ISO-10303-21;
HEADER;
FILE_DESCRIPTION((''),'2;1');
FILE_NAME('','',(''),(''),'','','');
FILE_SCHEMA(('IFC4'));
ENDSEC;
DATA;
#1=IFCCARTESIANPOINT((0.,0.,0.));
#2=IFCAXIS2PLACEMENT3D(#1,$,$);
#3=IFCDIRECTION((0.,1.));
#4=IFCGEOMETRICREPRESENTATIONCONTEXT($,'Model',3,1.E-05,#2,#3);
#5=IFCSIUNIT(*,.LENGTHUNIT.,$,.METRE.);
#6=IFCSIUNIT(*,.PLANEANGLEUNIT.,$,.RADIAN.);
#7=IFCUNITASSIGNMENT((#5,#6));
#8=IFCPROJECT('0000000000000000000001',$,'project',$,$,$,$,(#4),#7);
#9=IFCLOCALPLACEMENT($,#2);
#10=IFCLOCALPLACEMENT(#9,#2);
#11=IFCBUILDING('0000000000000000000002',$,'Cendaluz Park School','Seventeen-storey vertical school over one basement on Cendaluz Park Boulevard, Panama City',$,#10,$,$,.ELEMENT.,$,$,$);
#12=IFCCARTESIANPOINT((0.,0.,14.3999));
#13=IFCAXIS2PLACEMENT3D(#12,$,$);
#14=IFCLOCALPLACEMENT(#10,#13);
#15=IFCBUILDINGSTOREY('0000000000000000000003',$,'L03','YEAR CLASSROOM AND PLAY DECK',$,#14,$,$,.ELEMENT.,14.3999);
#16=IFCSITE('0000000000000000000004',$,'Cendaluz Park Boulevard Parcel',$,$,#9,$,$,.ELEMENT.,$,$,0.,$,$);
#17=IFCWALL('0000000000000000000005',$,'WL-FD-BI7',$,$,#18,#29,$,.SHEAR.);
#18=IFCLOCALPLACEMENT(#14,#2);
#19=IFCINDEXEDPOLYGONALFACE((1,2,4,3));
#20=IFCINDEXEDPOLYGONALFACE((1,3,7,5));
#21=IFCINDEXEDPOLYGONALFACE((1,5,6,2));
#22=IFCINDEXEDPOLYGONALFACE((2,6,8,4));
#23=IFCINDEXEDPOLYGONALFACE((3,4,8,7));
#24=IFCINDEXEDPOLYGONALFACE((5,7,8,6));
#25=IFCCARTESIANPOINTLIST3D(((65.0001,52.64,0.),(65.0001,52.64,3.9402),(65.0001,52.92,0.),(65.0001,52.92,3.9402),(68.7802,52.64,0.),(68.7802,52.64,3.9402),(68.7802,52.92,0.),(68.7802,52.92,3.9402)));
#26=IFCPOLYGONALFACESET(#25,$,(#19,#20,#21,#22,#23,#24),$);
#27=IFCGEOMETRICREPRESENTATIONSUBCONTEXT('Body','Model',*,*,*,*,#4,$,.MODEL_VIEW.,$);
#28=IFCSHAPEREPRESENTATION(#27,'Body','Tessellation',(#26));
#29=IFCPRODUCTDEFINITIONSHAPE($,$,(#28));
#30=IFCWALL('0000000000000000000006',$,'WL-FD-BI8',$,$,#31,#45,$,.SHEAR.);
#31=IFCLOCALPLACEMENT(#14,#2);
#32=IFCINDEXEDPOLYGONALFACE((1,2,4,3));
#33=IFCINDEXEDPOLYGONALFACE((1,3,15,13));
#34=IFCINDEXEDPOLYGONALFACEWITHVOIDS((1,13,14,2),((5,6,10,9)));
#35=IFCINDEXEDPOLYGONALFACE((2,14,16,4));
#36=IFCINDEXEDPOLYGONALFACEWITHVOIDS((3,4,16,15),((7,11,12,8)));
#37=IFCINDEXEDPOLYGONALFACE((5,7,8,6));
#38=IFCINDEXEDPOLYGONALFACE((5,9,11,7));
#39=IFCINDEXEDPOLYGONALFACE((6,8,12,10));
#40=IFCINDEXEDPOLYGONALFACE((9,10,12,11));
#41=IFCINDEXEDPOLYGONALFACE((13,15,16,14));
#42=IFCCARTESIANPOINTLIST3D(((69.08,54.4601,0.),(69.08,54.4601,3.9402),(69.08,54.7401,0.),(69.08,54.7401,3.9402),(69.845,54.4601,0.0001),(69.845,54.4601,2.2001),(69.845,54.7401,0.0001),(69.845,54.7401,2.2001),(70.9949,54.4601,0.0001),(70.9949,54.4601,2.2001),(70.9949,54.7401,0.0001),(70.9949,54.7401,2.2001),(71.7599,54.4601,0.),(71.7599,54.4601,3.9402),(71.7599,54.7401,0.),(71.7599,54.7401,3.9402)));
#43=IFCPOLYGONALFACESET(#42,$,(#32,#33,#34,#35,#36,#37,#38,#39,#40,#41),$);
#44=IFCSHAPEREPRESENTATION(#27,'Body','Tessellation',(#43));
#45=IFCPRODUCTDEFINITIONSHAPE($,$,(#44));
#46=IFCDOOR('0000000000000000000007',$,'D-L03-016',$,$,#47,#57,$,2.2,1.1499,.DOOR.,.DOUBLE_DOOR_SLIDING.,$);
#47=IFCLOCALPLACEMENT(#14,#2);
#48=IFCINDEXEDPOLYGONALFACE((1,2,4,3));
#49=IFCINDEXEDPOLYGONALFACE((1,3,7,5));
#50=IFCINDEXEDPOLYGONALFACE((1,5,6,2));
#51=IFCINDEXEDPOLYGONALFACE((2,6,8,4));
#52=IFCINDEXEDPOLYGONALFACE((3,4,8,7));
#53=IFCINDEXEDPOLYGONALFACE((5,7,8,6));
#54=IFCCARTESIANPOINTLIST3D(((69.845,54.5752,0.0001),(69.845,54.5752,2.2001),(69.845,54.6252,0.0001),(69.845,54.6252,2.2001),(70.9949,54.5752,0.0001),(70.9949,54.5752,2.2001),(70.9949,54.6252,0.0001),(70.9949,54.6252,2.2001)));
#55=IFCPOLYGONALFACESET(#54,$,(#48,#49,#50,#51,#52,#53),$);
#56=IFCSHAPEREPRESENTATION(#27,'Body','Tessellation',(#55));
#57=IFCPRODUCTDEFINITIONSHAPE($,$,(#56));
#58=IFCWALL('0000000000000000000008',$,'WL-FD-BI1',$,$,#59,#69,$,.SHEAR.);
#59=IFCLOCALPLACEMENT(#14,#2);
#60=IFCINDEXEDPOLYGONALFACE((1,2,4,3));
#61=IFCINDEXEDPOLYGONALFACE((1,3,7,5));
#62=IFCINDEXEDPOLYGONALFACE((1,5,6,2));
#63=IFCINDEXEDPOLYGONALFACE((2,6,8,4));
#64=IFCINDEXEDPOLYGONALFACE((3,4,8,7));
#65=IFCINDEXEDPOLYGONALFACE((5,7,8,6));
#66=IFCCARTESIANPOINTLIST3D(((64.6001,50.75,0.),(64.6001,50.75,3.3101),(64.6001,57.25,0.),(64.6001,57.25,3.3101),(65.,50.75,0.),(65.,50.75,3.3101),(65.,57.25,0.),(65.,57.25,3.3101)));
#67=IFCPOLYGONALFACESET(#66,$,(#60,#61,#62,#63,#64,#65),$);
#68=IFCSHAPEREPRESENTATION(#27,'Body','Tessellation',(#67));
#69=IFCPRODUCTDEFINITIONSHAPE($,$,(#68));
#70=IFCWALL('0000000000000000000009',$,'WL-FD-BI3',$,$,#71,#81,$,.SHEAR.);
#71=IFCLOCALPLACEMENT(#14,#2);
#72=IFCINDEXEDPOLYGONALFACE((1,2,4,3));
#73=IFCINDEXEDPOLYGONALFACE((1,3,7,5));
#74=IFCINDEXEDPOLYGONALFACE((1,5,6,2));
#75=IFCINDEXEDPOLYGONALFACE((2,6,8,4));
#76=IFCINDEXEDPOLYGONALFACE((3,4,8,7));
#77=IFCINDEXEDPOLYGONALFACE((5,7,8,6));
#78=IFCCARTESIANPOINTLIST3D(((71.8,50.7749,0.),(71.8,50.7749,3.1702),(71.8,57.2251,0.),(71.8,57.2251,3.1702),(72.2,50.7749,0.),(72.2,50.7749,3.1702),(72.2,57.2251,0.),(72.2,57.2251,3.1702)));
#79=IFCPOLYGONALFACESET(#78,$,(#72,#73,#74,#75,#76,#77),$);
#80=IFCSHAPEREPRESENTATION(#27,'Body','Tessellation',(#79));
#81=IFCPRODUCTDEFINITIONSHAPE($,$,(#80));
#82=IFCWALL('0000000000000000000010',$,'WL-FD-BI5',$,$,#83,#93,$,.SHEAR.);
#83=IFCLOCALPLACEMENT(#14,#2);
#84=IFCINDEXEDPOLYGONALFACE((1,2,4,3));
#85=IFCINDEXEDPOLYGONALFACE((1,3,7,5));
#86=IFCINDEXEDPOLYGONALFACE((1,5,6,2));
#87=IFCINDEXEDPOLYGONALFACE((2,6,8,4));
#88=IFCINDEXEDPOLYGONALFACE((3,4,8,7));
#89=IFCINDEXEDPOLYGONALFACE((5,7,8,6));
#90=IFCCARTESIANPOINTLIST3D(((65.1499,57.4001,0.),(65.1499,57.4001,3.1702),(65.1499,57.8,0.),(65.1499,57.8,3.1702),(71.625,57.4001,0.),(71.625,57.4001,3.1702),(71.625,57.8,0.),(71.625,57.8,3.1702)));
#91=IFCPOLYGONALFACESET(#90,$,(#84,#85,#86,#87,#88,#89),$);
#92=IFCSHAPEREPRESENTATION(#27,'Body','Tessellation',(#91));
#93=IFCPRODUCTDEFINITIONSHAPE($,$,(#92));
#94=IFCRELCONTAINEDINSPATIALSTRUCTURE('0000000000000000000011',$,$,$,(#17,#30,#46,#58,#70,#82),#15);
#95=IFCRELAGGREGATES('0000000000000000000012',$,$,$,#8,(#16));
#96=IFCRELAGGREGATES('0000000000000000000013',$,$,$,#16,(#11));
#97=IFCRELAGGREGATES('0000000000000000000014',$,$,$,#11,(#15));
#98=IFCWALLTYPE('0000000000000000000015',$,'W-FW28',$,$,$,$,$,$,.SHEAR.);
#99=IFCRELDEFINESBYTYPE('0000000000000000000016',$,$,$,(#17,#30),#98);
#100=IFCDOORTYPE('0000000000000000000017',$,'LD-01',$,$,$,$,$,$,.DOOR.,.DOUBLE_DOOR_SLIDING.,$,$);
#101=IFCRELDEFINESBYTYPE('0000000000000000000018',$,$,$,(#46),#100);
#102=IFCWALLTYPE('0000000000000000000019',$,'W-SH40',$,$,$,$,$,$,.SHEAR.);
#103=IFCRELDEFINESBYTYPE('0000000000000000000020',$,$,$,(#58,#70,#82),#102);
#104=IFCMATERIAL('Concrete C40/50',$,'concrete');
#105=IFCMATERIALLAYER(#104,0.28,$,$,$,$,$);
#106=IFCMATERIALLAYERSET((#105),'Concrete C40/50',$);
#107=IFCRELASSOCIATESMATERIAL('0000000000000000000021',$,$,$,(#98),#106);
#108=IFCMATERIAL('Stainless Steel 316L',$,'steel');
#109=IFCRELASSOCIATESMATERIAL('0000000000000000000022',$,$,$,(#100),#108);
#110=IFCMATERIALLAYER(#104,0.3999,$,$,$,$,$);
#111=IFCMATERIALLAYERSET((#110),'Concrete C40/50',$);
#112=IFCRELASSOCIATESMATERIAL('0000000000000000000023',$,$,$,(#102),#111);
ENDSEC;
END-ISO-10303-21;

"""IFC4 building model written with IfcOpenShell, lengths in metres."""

from ifc_helpers import new_model, si_unit, direction, frame, frame_2d, origin, place, context, subcontext, project, spatial, rectangle, extrude, material, layer, layer_set, type_object, element, fill, save


model = new_model("IFC4")

# Units and contexts
model_context = context("Model", 3, precision=1e-05, world=origin(), true_north=direction((0.0, 1.0)))
body_context = subcontext(model_context, "Body", "Model", "MODEL_VIEW")
ifc_project = project(units=[si_unit("LENGTHUNIT", "METRE"), si_unit("PLANEANGLEUNIT", "RADIAN")], contexts=[model_context])

# Site, building, storey
site_placement = place(None, origin())
site = spatial("IfcSite", under=ifc_project, at=site_placement, Name="Cendaluz Park Boulevard Parcel", CompositionType="ELEMENT", RefElevation=0.0)
building_placement = place(site_placement, origin())
building = spatial("IfcBuilding", under=site, at=building_placement, Name="Cendaluz Park School", Description="Seventeen-storey vertical school over one basement on Cendaluz Park Boulevard, Panama City", CompositionType="ELEMENT")
storey_placement = place(building_placement, frame((0.0, 0.0, 14.3999)))
storey = spatial("IfcBuildingStorey", under=building, at=storey_placement, Name="L03", Description="YEAR CLASSROOM AND PLAY DECK", CompositionType="ELEMENT", Elevation=14.3999)

# Shared definitions
ifc_material_1 = material(Name="Concrete C40/50", Category="concrete")

# Wall
ifc_layer_1 = layer(ifc_material_1, 0.28)
ifc_layer_set_1 = layer_set([ifc_layer_1], Name="Concrete C40/50")
wall_type_1 = type_object("IfcWallType", Name="W-FW28", PredefinedType="SHEAR", material=ifc_layer_set_1)
wall_1_placement = place(storey_placement, frame((65.0, 52.78, 0.0), z_axis=(0.0, 0.0, 1.0), x_axis=(1.0, 0.0, 0.0)))
element("IfcWall", 1, at=wall_1_placement, inside=storey, type_object=wall_type_1, Name="WL-FD-BI7", PredefinedType="SHEAR", context=body_context, shape_type="SweptSolid", body=[
    extrude(rectangle(XDim=3.78, YDim=0.28, at=frame_2d((1.8901, 0.0))), origin(), (0.0, 0.0, 1.0), 3.9402),
])

# Wall, opening, door
wall_2_placement = place(storey_placement, frame((69.0801, 54.6001, 0.0), z_axis=(0.0, 0.0, 1.0), x_axis=(1.0, 0.0, 0.0)))
wall_2 = element("IfcWall", 2, at=wall_2_placement, inside=storey, type_object=wall_type_1, Name="WL-FD-BI8", PredefinedType="SHEAR", context=body_context, shape_type="SweptSolid", body=[
    extrude(rectangle(XDim=2.6799, YDim=0.28, at=frame_2d((1.3398, 0.0))), origin(), (0.0, 0.0, 1.0), 3.9402),
])
opening_1_placement = place(wall_2_placement, frame((0.7649, 0.0, 0.0)))
opening_1 = element("IfcOpeningElement", 3, at=opening_1_placement, cuts=wall_2, PredefinedType="OPENING", context=body_context, shape_type="SweptSolid", body=[
    extrude(rectangle(XDim=1.1499, YDim=2.2, at=frame_2d((0.575, 1.1001))), frame((0.0, 0.1521, 0.0), z_axis=(0.0, -1.0, 0.0), x_axis=(1.0, 0.0, 0.0)), (0.0, 0.0, 1.0), 0.304),
])
ifc_material_2 = material(Name="Stainless Steel 316L", Category="steel")
door_type_1 = type_object("IfcDoorType", Name="LD-01", OperationType="DOUBLE_DOOR_SLIDING", PredefinedType="DOOR", material=ifc_material_2)
door_1_placement = place(opening_1_placement, frame((1.1499, 0.0, 0.0), z_axis=(0.0, 0.0, 1.0), x_axis=(-1.0, 0.0, 0.0)))
door_1 = element("IfcDoor", 4, at=door_1_placement, inside=storey, type_object=door_type_1, Name="D-L03-016", OperationType="DOUBLE_DOOR_SLIDING", OverallHeight=2.2, OverallWidth=1.1499, PredefinedType="DOOR", context=body_context, shape_type="SweptSolid", body=[
    extrude(rectangle(XDim=1.1499, YDim=2.2, at=frame_2d((0.575, 1.1001))), frame((0.0, 0.0249, 0.0), z_axis=(0.0, -1.0, 0.0), x_axis=(1.0, 0.0, 0.0)), (0.0, 0.0, 1.0), 0.05),
])
fill(opening_1, door_1)

# Walls
ifc_layer_2 = layer(ifc_material_1, 0.3999)
ifc_layer_set_2 = layer_set([ifc_layer_2], Name="Concrete C40/50")
wall_type_2 = type_object("IfcWallType", Name="W-SH40", PredefinedType="SHEAR", material=ifc_layer_set_2)
wall_3_placement = place(storey_placement, frame((64.8, 50.75, 0.0), z_axis=(0.0, 0.0, 1.0), x_axis=(0.0, 1.0, 0.0)))
element("IfcWall", 5, at=wall_3_placement, inside=storey, type_object=wall_type_2, Name="WL-FD-BI1", PredefinedType="SHEAR", context=body_context, shape_type="SweptSolid", body=[
    extrude(rectangle(XDim=6.5, YDim=0.3999, at=frame_2d((3.25, 0.0))), origin(), (0.0, 0.0, 1.0), 3.3101),
])
wall_4_placement = place(storey_placement, frame((72.0, 50.7749, 0.0), z_axis=(0.0, 0.0, 1.0), x_axis=(0.0, 1.0, 0.0)))
element("IfcWall", 6, at=wall_4_placement, inside=storey, type_object=wall_type_2, Name="WL-FD-BI3", PredefinedType="SHEAR", context=body_context, shape_type="SweptSolid", body=[
    extrude(rectangle(XDim=6.4502, YDim=0.3999, at=frame_2d((3.2251, 0.0))), origin(), (0.0, 0.0, 1.0), 3.1702),
])
wall_5_placement = place(storey_placement, frame((65.1499, 57.6001, 0.0), z_axis=(0.0, 0.0, 1.0), x_axis=(1.0, 0.0, 0.0)))
element("IfcWall", 7, at=wall_5_placement, inside=storey, type_object=wall_type_2, Name="WL-FD-BI5", PredefinedType="SHEAR", context=body_context, shape_type="SweptSolid", body=[
    extrude(rectangle(XDim=6.4751, YDim=0.3999, at=frame_2d((3.2375, 0.0))), origin(), (0.0, 0.0, 1.0), 3.1702),
])

save(model, "model.ifc")
